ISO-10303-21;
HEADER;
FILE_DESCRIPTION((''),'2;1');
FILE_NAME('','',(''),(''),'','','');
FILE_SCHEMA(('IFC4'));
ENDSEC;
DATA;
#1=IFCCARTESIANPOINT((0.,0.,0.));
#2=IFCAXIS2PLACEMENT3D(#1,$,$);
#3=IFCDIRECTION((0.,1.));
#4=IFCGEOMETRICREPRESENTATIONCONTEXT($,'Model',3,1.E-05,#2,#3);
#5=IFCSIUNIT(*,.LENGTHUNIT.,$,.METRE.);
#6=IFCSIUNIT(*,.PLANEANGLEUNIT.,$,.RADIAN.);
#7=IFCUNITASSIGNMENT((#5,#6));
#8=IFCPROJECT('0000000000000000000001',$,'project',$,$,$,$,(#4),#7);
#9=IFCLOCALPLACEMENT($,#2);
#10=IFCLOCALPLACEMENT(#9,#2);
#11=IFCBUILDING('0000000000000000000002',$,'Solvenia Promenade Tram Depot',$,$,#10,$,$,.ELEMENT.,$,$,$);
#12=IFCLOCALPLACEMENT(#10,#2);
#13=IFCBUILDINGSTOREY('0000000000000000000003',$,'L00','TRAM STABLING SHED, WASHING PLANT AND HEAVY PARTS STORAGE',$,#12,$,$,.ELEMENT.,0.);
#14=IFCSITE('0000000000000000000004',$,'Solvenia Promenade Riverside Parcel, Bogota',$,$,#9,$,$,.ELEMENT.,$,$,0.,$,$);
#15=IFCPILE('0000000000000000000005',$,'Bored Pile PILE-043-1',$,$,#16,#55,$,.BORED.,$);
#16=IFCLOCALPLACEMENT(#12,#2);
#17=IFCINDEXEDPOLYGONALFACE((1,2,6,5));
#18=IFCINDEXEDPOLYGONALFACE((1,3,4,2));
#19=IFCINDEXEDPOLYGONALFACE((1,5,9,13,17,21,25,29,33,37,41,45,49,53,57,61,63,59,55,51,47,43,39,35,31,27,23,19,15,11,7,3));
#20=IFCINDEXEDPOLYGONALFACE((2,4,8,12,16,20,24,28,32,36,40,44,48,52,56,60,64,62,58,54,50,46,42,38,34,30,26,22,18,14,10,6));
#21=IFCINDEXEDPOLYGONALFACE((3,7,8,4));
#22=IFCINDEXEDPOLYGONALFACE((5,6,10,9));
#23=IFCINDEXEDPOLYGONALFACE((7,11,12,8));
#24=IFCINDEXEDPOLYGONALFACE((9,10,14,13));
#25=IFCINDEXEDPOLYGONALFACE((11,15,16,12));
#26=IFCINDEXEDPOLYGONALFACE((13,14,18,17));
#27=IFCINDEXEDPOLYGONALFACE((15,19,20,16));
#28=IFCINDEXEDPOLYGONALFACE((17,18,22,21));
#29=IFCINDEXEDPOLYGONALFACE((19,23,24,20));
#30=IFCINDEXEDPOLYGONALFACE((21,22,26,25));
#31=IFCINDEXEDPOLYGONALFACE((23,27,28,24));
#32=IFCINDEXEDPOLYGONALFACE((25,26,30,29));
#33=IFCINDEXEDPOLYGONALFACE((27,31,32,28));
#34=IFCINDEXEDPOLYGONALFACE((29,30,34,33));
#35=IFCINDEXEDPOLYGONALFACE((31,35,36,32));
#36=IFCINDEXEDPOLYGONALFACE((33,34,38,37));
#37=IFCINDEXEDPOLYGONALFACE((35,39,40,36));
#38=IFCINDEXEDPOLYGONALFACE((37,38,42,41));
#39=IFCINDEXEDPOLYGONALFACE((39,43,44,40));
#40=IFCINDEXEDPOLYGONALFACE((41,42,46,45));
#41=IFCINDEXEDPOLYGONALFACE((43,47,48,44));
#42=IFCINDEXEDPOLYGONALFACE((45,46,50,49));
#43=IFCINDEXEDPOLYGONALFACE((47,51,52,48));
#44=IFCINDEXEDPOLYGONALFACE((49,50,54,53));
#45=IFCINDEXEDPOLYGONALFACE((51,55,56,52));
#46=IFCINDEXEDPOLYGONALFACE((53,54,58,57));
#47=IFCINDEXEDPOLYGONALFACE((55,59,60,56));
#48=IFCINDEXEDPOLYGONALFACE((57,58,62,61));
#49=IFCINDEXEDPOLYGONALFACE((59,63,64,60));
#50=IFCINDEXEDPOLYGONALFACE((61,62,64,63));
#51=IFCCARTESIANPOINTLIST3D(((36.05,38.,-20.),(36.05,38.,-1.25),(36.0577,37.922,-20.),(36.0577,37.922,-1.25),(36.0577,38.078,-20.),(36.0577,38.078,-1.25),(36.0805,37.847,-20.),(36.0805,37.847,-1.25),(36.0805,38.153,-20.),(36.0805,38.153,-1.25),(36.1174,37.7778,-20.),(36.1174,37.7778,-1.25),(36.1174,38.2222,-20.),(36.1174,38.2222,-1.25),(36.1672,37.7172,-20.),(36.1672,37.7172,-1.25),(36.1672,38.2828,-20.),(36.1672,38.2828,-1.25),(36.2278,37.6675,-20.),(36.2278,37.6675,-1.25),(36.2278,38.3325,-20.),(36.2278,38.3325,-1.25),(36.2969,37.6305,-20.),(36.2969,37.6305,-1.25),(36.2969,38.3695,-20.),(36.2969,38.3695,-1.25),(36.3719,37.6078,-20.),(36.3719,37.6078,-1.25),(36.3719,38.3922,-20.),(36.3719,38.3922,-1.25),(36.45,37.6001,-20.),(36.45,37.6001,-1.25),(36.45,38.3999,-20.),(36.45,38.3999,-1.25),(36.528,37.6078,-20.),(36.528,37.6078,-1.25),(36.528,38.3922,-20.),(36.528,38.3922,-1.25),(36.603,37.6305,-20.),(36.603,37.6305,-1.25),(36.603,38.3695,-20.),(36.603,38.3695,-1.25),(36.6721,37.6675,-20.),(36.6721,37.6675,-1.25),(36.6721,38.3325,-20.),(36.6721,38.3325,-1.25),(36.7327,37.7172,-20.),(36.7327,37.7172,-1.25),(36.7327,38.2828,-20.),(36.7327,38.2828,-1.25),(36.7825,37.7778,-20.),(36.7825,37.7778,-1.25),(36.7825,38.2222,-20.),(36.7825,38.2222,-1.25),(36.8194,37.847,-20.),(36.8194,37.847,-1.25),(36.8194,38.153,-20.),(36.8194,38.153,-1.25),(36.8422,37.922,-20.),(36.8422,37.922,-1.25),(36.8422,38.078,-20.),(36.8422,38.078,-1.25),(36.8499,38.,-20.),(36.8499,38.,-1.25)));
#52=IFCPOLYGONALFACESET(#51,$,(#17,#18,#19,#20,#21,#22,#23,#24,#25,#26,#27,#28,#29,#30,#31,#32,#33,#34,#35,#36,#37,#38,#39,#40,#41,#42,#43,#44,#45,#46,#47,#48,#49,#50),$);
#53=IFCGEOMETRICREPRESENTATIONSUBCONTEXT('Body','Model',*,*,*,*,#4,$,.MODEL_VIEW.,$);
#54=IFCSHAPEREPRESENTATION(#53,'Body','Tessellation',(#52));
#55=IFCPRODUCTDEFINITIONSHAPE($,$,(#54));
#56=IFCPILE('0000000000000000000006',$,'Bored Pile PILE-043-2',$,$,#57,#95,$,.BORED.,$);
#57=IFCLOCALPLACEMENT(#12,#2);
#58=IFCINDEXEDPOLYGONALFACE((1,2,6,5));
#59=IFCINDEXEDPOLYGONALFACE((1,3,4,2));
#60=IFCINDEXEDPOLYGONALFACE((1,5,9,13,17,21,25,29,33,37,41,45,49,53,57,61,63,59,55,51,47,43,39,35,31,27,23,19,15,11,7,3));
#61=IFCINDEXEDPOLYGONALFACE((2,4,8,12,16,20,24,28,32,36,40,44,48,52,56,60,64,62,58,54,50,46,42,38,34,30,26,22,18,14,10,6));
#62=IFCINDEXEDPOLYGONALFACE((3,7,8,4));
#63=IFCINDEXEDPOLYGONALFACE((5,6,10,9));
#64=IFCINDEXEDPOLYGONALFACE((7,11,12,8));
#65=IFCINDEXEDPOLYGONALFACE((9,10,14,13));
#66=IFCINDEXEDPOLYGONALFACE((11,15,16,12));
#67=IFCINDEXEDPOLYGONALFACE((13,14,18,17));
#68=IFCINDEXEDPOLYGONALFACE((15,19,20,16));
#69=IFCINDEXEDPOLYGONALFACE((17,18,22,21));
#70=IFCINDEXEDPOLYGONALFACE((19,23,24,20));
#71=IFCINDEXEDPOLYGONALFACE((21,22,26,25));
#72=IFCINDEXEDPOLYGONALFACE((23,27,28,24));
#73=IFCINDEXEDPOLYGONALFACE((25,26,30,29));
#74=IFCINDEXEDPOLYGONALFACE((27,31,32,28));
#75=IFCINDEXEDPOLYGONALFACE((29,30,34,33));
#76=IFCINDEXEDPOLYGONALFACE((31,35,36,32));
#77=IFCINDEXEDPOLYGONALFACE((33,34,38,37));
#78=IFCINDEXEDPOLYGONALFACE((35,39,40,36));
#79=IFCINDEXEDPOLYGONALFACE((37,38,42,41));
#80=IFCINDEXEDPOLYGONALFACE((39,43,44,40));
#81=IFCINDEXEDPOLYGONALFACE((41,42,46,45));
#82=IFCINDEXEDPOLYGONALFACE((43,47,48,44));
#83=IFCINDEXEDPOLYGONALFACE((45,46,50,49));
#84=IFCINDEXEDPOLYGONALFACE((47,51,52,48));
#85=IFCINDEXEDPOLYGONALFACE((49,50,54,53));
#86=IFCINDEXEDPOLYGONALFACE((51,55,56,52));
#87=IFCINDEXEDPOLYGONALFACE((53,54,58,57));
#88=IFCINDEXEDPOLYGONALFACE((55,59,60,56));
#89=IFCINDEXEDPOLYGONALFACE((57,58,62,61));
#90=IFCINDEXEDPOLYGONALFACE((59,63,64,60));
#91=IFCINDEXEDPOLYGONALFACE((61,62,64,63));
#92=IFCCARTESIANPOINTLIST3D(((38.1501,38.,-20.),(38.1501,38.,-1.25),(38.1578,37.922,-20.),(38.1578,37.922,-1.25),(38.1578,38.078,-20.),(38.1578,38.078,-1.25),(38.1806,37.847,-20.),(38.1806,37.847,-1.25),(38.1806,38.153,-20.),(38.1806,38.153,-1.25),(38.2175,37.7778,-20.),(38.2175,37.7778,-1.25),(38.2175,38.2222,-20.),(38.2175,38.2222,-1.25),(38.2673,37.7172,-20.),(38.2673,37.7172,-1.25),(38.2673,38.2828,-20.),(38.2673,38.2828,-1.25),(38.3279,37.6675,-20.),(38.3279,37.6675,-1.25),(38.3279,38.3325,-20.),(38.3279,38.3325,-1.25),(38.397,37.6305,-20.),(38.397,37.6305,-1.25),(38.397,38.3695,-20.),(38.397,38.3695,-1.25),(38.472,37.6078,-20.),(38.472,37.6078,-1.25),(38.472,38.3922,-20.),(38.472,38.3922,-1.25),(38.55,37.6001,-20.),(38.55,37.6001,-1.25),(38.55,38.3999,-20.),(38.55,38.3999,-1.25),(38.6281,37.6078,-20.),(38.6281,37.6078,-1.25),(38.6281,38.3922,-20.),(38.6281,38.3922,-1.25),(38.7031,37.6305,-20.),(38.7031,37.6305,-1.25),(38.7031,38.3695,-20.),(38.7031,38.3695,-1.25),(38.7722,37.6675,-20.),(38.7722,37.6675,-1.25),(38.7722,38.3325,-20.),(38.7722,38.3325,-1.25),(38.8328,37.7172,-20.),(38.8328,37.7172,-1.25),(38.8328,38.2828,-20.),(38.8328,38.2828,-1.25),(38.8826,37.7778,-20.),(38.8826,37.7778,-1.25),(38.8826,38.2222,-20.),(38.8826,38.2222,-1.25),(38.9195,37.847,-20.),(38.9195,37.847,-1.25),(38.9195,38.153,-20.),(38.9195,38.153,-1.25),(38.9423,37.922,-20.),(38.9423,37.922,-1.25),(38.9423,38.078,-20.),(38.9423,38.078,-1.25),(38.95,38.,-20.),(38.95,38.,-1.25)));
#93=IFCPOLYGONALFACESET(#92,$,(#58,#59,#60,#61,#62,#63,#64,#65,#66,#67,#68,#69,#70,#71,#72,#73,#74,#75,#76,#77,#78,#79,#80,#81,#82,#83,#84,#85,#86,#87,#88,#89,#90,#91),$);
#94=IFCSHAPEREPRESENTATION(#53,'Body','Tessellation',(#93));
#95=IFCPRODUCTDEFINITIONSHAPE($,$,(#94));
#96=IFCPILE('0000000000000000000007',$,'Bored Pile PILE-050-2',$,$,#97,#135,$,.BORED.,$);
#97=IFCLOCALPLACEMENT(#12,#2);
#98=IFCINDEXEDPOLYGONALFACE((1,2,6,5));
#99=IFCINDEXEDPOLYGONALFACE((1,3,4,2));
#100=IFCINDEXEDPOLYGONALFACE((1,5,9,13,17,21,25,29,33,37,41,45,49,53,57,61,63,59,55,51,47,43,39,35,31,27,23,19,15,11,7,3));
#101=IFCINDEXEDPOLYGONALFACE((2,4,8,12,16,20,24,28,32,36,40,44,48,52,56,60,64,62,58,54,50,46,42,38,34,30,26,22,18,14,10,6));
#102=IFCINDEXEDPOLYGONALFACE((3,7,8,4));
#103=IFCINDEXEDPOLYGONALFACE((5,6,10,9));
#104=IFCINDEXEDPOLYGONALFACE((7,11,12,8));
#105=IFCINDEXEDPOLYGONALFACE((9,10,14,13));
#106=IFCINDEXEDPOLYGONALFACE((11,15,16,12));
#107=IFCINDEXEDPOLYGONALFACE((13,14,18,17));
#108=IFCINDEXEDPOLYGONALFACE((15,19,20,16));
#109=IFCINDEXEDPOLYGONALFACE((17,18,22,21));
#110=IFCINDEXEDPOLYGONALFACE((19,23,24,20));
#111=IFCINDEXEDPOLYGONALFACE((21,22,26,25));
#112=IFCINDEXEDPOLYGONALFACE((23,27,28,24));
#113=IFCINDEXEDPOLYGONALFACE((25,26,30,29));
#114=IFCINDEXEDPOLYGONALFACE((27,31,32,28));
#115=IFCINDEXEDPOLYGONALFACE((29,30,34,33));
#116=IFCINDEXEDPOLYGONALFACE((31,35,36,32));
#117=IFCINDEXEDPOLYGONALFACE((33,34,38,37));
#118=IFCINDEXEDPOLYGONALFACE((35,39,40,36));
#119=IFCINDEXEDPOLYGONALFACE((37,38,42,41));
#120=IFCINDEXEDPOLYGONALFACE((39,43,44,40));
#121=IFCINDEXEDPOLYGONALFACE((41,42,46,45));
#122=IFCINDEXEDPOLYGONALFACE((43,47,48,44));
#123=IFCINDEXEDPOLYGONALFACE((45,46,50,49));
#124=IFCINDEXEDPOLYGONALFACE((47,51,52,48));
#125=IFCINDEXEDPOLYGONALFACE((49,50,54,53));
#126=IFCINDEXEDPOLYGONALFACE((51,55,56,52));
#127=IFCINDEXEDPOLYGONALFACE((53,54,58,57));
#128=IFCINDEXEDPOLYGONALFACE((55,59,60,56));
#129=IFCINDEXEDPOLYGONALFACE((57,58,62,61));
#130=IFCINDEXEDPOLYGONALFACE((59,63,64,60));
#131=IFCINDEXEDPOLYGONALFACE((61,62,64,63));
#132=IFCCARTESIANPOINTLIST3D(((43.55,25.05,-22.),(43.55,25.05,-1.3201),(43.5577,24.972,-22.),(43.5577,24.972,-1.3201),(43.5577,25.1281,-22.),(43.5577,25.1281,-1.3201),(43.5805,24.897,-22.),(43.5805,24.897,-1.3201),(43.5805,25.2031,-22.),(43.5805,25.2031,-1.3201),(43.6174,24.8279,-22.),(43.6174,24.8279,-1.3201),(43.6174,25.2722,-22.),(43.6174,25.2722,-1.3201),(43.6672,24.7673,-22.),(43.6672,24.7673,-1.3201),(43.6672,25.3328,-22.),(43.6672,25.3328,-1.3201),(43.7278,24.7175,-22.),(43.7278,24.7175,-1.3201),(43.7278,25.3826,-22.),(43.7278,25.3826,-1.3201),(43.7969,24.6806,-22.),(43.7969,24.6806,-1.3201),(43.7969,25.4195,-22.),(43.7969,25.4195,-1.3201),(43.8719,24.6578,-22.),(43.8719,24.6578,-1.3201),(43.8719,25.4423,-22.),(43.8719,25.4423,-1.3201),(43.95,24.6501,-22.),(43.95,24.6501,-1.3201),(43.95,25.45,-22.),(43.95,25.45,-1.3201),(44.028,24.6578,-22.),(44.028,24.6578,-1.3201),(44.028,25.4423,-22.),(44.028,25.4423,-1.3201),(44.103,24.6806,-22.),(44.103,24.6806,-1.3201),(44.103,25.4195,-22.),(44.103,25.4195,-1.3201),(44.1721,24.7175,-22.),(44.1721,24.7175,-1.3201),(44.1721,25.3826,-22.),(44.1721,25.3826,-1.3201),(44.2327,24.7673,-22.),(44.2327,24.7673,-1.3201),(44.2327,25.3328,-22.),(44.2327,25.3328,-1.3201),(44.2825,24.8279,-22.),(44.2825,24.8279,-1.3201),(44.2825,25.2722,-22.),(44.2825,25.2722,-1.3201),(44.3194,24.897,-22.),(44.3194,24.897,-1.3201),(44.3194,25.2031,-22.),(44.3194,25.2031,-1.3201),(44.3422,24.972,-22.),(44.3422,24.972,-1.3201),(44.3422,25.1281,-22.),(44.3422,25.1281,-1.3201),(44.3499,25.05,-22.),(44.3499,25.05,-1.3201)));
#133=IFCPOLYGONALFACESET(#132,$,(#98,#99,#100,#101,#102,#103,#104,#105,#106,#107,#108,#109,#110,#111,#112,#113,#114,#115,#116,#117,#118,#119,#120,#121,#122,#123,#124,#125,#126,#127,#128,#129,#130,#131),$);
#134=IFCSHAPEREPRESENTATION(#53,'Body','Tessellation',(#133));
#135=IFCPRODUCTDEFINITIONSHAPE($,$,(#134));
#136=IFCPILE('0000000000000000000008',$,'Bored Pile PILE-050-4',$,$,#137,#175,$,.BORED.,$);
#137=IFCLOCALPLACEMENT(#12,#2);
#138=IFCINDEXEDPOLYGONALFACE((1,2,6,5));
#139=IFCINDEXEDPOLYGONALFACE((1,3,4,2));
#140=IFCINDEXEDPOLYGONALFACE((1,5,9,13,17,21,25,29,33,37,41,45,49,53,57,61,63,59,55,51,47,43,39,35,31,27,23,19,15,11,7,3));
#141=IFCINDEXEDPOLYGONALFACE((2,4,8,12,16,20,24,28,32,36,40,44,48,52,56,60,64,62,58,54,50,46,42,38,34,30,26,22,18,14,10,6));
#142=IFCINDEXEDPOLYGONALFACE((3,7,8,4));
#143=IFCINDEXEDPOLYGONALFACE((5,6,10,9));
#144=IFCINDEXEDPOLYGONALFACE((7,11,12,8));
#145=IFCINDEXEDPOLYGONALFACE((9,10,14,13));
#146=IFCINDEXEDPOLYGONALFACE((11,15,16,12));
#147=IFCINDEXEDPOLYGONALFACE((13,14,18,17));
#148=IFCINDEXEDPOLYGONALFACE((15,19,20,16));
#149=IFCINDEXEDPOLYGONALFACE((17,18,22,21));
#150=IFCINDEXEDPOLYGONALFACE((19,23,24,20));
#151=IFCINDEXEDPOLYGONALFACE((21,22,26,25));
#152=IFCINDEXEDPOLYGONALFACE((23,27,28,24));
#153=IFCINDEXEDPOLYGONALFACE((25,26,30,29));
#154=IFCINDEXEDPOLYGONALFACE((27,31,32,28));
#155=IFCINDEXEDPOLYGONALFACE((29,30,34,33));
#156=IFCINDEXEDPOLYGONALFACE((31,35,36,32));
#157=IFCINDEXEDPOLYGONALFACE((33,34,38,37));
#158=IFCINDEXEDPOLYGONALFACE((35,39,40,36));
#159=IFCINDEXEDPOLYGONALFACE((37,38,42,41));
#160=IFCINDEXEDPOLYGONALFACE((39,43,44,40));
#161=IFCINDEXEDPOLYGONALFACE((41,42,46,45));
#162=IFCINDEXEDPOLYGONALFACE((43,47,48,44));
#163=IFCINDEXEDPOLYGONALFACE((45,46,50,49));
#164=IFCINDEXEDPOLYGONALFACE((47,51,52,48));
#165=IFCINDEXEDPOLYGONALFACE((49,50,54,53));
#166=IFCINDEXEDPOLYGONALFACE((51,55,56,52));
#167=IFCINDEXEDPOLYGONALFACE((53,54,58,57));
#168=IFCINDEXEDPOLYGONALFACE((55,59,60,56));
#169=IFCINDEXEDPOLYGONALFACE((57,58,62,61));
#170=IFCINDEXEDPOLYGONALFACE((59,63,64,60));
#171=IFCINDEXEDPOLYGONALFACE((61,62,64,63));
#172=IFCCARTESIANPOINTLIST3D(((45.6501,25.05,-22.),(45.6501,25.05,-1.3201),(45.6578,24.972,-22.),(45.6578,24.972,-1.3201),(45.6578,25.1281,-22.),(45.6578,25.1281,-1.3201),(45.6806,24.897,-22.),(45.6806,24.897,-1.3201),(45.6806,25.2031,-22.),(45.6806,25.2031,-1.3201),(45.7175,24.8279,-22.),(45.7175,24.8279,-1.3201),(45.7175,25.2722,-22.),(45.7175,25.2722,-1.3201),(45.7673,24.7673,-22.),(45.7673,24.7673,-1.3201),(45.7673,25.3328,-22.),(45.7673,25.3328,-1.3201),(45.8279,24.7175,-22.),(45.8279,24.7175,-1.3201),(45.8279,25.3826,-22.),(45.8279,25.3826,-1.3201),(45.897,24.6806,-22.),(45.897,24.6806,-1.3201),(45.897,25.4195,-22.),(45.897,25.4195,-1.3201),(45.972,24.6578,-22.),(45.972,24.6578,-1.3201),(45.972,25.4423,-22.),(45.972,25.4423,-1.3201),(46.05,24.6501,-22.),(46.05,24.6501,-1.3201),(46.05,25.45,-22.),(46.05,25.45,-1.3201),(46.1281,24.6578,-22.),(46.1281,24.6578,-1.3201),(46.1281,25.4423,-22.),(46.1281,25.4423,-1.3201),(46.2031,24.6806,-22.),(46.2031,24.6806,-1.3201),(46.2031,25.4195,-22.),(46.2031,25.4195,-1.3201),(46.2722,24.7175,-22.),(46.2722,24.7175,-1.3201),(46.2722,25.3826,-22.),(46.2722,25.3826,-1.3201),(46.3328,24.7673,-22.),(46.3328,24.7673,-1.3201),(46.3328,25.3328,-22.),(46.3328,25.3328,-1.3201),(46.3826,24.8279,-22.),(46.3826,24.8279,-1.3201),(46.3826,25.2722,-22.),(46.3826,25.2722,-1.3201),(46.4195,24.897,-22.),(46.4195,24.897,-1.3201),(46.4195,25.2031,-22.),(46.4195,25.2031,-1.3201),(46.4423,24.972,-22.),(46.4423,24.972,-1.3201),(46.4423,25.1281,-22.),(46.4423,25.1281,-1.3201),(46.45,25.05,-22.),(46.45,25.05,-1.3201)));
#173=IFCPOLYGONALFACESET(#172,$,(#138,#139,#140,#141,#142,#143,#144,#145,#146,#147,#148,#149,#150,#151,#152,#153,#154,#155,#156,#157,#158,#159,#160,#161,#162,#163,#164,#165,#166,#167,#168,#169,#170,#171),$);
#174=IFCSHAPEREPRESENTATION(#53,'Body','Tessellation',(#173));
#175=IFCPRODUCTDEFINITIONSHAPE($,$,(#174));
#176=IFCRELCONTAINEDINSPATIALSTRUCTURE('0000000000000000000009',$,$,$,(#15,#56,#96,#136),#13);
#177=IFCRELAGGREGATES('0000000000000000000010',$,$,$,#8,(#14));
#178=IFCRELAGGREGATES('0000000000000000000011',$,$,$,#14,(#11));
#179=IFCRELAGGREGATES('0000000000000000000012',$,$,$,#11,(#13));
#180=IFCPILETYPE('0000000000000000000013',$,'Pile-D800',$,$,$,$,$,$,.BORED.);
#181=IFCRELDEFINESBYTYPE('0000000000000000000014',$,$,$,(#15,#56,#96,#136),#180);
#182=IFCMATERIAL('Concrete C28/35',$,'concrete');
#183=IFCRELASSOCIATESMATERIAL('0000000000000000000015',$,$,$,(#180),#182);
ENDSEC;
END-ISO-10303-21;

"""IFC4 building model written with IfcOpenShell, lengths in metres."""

from ifc_helpers import new_model, si_unit, direction, frame, origin, origin_2d, place, context, subcontext, project, spatial, circle, extrude, material, material_profile, profile_set, type_object, element, save


model = new_model("IFC4")

# Units and contexts
model_context = context("Model", 3, precision=1e-05, world=origin(), true_north=direction((0.0, 1.0)))
body_context = subcontext(model_context, "Body", "Model", "MODEL_VIEW")
ifc_project = project(units=[si_unit("LENGTHUNIT", "METRE"), si_unit("PLANEANGLEUNIT", "RADIAN")], contexts=[model_context])

# Site, building, storey
site_placement = place(None, origin())
site = spatial("IfcSite", under=ifc_project, at=site_placement, Name="Solvenia Promenade Riverside Parcel, Bogota", CompositionType="ELEMENT", RefElevation=0.0)
building_placement = place(site_placement, origin())
building = spatial("IfcBuilding", under=site, at=building_placement, Name="Solvenia Promenade Tram Depot", CompositionType="ELEMENT")
storey_placement = place(building_placement, origin())
storey = spatial("IfcBuildingStorey", under=building, at=storey_placement, Name="L00", Description="TRAM STABLING SHED, WASHING PLANT AND HEAVY PARTS STORAGE", CompositionType="ELEMENT", Elevation=0.0)

# Shared definitions
ifc_material_1 = material(Name="Concrete C28/35", Category="concrete")

# Piles
ifc_material_profile_1 = material_profile(ifc_material_1, circle(Radius=0.3999, at=origin_2d()), Name="D800", Category="concrete")
ifc_profile_set_1 = profile_set([ifc_material_profile_1], Name="Concrete C28/35")
pile_type_1 = type_object("IfcPileType", Name="Pile-D800", PredefinedType="BORED", material=ifc_profile_set_1)
for number, where, z_axis, x_axis, name in (
    (1, (36.45, 38.0, -1.25), (0.0, 0.0, -1.0), (1.0, 0.0, 0.0), "Bored Pile PILE-043-1"),
    (2, (38.55, 38.0, -1.25), (0.0, 0.0, -1.0), (1.0, 0.0, 0.0), "Bored Pile PILE-043-2"),
):
    element("IfcPile", number, at=place(storey_placement, frame(where, z_axis=z_axis, x_axis=x_axis)), inside=storey, type_object=pile_type_1, Name=name, PredefinedType="BORED", context=body_context, shape_type="SweptSolid", body=[
        extrude(circle(Radius=0.3999, at=origin_2d()), origin(), (0.0, 0.0, 1.0), 18.75),
    ])
for number, where, z_axis, x_axis, name in (
    (3, (43.95, 25.05, -1.3201), (0.0, 0.0, -1.0), (1.0, 0.0, 0.0), "Bored Pile PILE-050-2"),
    (4, (46.05, 25.05, -1.3201), (0.0, 0.0, -1.0), (1.0, 0.0, 0.0), "Bored Pile PILE-050-4"),
):
    element("IfcPile", number, at=place(storey_placement, frame(where, z_axis=z_axis, x_axis=x_axis)), inside=storey, type_object=pile_type_1, Name=name, PredefinedType="BORED", context=body_context, shape_type="SweptSolid", body=[
        extrude(circle(Radius=0.3999, at=origin_2d()), origin(), (0.0, 0.0, 1.0), 20.6799),
    ])

save(model, "model.ifc")
